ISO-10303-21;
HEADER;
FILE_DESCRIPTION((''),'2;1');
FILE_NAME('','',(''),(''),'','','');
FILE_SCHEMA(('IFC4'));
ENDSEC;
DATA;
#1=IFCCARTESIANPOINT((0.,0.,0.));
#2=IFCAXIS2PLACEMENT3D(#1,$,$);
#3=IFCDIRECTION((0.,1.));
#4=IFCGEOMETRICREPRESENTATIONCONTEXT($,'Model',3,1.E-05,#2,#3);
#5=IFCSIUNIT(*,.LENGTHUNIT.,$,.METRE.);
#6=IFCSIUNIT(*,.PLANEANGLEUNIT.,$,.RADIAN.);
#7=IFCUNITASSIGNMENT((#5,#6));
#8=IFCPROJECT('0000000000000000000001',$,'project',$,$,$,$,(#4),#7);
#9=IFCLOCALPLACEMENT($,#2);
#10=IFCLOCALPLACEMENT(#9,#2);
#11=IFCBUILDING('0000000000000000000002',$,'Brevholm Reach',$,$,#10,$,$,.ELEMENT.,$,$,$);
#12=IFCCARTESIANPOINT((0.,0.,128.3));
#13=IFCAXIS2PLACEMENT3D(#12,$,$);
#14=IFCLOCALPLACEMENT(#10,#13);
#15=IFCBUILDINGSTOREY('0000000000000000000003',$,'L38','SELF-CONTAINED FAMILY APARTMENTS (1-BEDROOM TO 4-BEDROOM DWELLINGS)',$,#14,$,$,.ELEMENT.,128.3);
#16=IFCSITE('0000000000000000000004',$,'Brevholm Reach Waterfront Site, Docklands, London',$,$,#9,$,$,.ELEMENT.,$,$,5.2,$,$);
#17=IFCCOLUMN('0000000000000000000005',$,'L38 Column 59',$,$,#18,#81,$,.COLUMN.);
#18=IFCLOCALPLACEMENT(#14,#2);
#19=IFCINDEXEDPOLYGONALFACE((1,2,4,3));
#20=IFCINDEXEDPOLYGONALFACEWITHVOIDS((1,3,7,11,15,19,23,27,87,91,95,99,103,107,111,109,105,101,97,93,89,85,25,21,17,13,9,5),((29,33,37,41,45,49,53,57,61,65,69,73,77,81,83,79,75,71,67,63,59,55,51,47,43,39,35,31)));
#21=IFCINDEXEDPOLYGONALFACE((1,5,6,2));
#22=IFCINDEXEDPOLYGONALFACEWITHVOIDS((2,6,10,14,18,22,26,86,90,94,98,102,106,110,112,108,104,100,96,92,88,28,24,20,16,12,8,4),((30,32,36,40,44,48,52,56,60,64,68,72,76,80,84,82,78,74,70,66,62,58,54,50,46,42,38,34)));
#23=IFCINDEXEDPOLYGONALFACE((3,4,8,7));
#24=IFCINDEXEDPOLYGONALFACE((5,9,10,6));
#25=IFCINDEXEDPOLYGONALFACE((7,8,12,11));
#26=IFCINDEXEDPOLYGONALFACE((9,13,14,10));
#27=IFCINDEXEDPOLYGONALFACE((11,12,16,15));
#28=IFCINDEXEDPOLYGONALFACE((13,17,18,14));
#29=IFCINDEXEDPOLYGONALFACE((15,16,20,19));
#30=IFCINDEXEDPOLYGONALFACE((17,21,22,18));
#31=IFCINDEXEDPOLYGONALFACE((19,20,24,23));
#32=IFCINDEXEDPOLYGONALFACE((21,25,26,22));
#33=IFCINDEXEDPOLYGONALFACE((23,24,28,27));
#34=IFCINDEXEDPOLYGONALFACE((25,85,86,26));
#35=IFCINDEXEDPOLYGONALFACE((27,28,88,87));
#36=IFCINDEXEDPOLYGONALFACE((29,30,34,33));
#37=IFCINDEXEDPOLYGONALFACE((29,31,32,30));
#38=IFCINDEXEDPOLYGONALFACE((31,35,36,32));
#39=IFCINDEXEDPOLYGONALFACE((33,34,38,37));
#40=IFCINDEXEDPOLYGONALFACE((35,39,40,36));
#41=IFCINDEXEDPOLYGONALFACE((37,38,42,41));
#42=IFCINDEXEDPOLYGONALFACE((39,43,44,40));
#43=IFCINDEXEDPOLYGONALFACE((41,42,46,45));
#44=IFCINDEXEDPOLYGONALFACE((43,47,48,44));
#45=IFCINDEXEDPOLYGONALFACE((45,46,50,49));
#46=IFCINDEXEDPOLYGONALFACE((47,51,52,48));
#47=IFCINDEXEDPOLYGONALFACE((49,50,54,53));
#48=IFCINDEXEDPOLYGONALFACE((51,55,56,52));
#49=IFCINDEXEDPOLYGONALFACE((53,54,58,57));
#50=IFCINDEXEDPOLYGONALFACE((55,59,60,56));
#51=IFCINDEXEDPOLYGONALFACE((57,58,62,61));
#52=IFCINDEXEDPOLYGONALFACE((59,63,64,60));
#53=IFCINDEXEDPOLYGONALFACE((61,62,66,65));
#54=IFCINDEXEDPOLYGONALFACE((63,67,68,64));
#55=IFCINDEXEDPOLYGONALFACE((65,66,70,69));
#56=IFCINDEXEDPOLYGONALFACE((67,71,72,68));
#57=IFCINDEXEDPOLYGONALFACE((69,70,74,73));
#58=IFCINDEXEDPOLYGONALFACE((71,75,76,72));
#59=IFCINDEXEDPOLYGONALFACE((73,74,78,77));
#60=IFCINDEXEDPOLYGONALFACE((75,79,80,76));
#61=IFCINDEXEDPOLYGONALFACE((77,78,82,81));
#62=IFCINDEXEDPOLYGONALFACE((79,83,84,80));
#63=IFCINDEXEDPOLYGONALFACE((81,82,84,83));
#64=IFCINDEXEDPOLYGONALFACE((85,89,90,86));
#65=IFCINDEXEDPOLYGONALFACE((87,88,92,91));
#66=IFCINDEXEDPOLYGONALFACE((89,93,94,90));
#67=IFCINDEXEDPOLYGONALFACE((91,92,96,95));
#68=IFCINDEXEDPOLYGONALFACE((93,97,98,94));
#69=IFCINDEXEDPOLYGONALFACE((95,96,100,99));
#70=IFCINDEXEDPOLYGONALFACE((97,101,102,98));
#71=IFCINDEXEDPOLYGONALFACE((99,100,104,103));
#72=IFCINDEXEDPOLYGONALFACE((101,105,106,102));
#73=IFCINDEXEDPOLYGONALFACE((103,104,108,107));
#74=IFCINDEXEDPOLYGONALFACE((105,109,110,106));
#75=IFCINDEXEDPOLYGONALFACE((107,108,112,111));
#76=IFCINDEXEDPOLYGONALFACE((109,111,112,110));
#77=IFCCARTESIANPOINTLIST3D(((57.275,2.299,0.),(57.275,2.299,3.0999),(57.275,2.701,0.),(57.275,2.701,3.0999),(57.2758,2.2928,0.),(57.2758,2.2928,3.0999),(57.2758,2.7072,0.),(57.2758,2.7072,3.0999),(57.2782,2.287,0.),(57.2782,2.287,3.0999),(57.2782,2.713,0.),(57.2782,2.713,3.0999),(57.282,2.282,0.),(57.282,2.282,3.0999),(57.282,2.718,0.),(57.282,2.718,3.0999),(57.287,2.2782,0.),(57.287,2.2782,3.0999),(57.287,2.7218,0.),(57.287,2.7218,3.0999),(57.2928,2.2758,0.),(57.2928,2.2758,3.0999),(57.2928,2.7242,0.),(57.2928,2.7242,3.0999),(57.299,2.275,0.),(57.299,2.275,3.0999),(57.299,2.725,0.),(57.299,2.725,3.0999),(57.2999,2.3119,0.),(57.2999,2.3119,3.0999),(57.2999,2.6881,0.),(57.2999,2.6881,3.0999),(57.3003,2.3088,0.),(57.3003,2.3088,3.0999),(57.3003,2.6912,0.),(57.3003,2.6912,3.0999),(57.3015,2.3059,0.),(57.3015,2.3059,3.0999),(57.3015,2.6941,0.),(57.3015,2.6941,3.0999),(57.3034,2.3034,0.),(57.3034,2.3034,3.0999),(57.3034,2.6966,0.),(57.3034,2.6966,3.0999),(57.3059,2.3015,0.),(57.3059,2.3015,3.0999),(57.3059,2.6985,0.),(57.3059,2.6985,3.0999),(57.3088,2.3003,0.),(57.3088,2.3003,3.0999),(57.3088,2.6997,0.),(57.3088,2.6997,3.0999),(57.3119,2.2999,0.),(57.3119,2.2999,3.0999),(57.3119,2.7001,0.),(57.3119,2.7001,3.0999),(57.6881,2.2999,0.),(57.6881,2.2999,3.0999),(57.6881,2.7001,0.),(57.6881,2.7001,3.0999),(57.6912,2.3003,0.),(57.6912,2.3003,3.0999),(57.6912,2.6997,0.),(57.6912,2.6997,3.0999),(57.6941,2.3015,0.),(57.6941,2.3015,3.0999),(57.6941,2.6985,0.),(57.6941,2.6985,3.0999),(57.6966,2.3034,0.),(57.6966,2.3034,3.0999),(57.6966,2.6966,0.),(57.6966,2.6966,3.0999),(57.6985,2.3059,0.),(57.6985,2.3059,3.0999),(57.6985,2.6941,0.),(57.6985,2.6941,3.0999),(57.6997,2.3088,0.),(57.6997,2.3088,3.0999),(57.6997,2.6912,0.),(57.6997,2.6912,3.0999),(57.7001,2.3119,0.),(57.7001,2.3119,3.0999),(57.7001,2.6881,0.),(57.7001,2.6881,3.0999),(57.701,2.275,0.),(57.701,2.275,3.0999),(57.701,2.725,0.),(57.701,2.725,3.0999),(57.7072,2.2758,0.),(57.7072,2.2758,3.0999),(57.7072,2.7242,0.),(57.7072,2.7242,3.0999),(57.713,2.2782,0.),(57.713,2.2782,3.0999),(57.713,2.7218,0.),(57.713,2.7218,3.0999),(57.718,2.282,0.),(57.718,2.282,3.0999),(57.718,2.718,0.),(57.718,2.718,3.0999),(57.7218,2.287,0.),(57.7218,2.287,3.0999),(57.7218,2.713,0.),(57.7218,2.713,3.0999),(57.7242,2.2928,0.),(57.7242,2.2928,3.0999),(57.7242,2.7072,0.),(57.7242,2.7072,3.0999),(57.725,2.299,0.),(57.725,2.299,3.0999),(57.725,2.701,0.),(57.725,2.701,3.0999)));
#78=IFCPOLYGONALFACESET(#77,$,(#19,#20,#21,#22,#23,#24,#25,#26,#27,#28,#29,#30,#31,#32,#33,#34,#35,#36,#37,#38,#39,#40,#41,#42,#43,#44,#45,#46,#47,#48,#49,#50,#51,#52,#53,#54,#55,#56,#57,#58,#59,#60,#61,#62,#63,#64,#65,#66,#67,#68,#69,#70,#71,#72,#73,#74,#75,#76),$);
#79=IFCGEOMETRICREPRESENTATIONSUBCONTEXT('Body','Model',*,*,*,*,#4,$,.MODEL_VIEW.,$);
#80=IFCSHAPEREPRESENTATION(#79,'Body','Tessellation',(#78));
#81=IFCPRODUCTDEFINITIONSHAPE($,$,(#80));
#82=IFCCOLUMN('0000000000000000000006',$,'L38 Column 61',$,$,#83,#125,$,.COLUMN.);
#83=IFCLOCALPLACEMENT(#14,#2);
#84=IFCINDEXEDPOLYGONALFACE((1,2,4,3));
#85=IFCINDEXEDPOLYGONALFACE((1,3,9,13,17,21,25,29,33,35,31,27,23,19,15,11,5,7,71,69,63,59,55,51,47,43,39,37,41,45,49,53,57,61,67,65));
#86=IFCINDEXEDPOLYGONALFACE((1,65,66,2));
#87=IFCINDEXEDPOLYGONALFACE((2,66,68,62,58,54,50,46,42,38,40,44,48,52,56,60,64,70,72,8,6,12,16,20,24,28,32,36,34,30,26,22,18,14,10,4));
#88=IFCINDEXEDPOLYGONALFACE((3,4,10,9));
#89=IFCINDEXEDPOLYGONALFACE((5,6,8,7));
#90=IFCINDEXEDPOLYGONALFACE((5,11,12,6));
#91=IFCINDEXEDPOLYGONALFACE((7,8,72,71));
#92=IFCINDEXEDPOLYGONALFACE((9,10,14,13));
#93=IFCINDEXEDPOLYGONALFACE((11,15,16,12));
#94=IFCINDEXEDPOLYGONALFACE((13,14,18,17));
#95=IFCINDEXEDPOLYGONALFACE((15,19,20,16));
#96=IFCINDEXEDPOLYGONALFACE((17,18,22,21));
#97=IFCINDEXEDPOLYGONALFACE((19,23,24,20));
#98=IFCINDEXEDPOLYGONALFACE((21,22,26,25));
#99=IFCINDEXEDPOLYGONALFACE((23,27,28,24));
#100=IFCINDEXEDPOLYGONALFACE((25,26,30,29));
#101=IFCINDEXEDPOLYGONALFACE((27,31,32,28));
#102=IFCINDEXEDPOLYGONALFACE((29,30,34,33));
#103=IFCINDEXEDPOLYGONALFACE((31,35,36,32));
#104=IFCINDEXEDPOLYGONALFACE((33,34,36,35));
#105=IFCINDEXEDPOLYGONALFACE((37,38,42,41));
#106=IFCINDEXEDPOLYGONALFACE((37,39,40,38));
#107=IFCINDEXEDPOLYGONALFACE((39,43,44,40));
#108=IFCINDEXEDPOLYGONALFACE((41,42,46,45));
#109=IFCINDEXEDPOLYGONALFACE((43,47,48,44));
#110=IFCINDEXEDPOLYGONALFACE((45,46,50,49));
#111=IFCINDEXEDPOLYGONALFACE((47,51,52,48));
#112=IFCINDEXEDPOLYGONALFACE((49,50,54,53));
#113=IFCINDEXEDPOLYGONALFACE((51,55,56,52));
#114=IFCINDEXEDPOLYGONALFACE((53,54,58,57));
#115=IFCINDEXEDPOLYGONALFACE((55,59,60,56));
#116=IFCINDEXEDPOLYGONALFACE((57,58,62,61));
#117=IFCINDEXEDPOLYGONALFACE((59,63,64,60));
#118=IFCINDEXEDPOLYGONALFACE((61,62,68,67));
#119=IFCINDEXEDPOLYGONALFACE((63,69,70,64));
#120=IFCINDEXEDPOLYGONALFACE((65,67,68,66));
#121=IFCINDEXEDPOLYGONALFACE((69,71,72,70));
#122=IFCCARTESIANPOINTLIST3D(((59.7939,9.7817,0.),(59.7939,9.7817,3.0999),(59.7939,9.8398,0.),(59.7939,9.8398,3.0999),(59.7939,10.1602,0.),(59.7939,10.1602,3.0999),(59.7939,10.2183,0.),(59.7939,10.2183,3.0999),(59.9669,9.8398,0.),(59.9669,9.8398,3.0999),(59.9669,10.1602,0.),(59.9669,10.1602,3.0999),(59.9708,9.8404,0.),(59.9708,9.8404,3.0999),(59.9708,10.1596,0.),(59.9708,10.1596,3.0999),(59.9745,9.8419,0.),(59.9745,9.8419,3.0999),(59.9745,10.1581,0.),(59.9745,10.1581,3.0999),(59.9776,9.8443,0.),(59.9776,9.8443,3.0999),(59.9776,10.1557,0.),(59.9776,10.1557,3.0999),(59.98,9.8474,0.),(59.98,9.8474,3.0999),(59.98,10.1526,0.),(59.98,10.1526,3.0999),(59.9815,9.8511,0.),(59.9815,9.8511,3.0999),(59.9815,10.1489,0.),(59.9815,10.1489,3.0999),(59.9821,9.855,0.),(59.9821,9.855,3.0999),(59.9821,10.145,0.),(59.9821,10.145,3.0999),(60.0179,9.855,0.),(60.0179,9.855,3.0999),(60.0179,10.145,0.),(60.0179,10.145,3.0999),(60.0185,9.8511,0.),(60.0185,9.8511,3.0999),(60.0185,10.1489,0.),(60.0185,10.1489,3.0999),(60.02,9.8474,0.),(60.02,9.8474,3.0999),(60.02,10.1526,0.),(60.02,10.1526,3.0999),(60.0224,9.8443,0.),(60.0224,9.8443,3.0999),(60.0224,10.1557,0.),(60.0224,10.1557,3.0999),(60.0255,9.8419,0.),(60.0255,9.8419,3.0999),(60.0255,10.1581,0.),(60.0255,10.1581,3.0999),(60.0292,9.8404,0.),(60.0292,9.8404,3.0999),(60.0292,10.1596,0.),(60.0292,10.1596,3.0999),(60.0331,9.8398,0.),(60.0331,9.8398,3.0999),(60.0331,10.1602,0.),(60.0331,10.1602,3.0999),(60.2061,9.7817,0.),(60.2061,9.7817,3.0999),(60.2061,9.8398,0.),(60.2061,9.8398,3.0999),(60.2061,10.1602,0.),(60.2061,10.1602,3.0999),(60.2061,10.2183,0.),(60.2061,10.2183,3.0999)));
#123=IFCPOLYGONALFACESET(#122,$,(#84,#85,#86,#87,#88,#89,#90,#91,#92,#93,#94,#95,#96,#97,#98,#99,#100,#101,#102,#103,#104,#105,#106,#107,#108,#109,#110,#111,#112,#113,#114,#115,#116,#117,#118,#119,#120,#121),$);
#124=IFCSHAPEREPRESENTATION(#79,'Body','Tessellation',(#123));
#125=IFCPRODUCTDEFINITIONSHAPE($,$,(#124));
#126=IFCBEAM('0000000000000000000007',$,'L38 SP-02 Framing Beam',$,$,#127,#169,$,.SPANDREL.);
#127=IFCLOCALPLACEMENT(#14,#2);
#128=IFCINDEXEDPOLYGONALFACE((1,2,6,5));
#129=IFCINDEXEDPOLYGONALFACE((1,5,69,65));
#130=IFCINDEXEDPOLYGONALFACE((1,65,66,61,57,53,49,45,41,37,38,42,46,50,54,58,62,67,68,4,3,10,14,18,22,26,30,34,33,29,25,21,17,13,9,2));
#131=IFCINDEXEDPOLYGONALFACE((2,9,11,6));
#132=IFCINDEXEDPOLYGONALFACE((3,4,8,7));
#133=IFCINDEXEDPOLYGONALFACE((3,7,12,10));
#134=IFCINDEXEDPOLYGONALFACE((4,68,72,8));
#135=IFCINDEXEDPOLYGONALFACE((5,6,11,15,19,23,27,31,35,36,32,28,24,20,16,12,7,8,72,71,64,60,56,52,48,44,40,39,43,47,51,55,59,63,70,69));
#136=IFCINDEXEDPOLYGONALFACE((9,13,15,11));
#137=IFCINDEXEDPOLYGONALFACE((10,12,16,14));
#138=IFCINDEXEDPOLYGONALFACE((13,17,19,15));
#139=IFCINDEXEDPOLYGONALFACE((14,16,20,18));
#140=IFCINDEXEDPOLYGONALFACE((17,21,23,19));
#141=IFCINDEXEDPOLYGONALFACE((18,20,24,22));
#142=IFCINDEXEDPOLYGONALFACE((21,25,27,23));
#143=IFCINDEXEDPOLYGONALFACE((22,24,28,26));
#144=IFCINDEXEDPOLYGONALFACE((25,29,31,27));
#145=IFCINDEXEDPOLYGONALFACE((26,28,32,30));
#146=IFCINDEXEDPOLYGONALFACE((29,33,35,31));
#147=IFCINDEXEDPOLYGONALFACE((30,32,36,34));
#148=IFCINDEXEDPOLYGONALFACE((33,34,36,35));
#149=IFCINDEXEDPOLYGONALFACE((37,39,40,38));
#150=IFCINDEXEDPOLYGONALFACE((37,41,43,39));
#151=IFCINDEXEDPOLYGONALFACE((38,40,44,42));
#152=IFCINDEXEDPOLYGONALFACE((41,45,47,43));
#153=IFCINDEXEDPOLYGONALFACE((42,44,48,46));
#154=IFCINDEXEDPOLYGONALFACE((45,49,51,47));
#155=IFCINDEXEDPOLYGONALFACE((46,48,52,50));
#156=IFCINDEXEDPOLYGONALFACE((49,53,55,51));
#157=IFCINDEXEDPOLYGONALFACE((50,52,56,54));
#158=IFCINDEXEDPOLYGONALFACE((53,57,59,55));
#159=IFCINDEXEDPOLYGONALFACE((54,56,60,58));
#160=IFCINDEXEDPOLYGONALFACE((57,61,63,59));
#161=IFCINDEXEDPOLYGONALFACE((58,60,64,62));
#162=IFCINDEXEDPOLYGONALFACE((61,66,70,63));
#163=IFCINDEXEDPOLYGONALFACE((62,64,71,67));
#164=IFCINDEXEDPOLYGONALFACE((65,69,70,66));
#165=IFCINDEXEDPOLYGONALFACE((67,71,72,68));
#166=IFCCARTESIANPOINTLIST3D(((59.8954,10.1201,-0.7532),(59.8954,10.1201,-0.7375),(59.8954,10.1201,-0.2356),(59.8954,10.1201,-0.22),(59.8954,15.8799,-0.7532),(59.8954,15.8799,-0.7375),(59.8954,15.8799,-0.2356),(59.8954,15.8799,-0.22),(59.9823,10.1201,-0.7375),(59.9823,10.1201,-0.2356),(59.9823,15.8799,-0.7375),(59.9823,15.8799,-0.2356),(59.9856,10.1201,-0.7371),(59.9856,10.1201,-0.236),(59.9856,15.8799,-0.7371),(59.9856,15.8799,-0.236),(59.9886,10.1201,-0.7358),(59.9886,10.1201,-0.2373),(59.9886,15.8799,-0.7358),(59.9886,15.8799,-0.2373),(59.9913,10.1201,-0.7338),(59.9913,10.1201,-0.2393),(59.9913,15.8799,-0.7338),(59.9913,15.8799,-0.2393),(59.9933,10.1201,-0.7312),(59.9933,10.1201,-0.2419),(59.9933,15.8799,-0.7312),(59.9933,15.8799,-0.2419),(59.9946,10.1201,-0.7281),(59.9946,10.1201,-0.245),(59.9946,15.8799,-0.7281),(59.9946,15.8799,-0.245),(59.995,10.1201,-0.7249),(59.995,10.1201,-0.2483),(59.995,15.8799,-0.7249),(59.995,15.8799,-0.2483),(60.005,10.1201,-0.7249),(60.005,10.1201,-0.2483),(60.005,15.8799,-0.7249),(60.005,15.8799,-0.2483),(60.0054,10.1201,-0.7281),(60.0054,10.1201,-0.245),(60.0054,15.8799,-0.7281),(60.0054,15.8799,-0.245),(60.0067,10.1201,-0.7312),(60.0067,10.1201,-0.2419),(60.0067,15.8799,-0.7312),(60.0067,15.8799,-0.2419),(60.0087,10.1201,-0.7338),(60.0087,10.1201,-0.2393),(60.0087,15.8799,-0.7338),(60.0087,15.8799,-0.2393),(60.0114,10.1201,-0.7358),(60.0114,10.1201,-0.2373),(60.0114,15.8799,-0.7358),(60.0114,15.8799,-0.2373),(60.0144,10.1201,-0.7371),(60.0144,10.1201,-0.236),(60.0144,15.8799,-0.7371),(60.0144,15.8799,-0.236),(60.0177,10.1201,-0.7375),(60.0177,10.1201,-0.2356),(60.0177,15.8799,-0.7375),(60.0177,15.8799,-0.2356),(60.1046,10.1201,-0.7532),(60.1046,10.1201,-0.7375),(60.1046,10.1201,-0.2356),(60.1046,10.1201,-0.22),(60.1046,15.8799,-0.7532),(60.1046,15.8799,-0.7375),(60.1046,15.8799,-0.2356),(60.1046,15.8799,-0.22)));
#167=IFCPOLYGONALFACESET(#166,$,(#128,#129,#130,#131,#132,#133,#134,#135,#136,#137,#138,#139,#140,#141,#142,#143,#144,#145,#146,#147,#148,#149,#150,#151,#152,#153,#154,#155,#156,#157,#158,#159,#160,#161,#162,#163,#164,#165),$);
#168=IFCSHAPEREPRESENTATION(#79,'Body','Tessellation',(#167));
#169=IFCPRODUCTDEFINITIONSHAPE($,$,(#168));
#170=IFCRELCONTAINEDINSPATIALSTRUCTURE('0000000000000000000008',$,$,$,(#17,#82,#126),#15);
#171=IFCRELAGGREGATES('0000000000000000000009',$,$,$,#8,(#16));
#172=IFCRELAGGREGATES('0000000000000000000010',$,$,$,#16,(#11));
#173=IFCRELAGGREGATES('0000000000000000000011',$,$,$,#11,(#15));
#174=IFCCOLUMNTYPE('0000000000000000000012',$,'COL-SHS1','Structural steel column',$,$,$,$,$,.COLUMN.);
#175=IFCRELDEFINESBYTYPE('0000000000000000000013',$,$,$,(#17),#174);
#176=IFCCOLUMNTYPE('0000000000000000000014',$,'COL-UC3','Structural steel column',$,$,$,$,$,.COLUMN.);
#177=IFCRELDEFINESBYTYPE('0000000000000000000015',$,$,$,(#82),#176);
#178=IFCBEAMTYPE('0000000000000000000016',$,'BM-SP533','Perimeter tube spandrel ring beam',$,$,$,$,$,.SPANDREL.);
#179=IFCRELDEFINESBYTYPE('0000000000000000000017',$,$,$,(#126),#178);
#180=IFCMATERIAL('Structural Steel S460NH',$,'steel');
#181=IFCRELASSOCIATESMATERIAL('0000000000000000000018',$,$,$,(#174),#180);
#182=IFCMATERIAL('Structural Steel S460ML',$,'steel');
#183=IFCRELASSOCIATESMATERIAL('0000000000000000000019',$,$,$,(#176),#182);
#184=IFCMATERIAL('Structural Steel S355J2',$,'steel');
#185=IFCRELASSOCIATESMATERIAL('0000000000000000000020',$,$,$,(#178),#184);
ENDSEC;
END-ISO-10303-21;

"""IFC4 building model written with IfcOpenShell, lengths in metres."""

from ifc_helpers import new_model, si_unit, direction, frame, origin, origin_2d, place, context, subcontext, project, spatial, hollow_rectangle, i_section, extrude, material, material_profile, profile_set, type_object, element, save


model = new_model("IFC4")

# Units and contexts
model_context = context("Model", 3, precision=1e-05, world=origin(), true_north=direction((0.0, 1.0)))
body_context = subcontext(model_context, "Body", "Model", "MODEL_VIEW")
ifc_project = project(units=[si_unit("LENGTHUNIT", "METRE"), si_unit("PLANEANGLEUNIT", "RADIAN")], contexts=[model_context])

# Site, building, storey
site_placement = place(None, origin())
site = spatial("IfcSite", under=ifc_project, at=site_placement, Name="Brevholm Reach Waterfront Site, Docklands, London", CompositionType="ELEMENT", RefElevation=5.2)
building_placement = place(site_placement, origin())
building = spatial("IfcBuilding", under=site, at=building_placement, Name="Brevholm Reach", CompositionType="ELEMENT")
storey_placement = place(building_placement, frame((0.0, 0.0, 128.3)))
storey = spatial("IfcBuildingStorey", under=building, at=storey_placement, Name="L38", Description="SELF-CONTAINED FAMILY APARTMENTS (1-BEDROOM TO 4-BEDROOM DWELLINGS)", CompositionType="ELEMENT", Elevation=128.3)

# Columns
ifc_material_1 = material(Name="Structural Steel S460NH", Category="steel")
ifc_material_profile_1 = material_profile(ifc_material_1, hollow_rectangle(XDim=0.45, YDim=0.45, WallThickness=0.0249, InnerFilletRadius=0.012, OuterFilletRadius=0.0239, at=origin_2d()), Name="SHS 450x450x25")
ifc_profile_set_1 = profile_set([ifc_material_profile_1], Name="Structural Steel S460NH")
column_type_1 = type_object("IfcColumnType", Name="COL-SHS1", Description="Structural steel column", PredefinedType="COLUMN", material=ifc_profile_set_1)
column_1_placement = place(storey_placement, frame((57.5, 2.5, 0.0), z_axis=(0.0, 0.0, 1.0), x_axis=(1.0, 0.0, 0.0)))
element("IfcColumn", 1, at=column_1_placement, inside=storey, type_object=column_type_1, Name="L38 Column 59", PredefinedType="COLUMN", context=body_context, shape_type="SweptSolid", body=[
    extrude(hollow_rectangle(XDim=0.45, YDim=0.45, WallThickness=0.0249, InnerFilletRadius=0.012, OuterFilletRadius=0.0239, at=origin_2d()), origin(), (0.0, 0.0, 1.0), 3.0999),
])
ifc_material_2 = material(Name="Structural Steel S460ML", Category="steel")
ifc_material_profile_2 = material_profile(ifc_material_2, i_section(OverallWidth=0.4121, OverallDepth=0.4365, WebThickness=0.0359, FlangeThickness=0.0581, FilletRadius=0.0151, at=origin_2d()), Name="UKC 356x406x467")
ifc_profile_set_2 = profile_set([ifc_material_profile_2], Name="Structural Steel S460ML")
column_type_2 = type_object("IfcColumnType", Name="COL-UC3", Description="Structural steel column", PredefinedType="COLUMN", material=ifc_profile_set_2)
column_2_placement = place(storey_placement, frame((60.0, 10.0, 0.0), z_axis=(0.0, 0.0, 1.0), x_axis=(1.0, 0.0, 0.0)))
element("IfcColumn", 2, at=column_2_placement, inside=storey, type_object=column_type_2, Name="L38 Column 61", PredefinedType="COLUMN", context=body_context, shape_type="SweptSolid", body=[
    extrude(i_section(OverallWidth=0.4121, OverallDepth=0.4365, WebThickness=0.0359, FlangeThickness=0.0581, FilletRadius=0.0151, at=origin_2d()), origin(), (0.0, 0.0, 1.0), 3.0999),
])

# Beam
ifc_material_3 = material(Name="Structural Steel S355J2", Category="steel")
ifc_material_profile_3 = material_profile(ifc_material_3, i_section(OverallWidth=0.2092, OverallDepth=0.5332, WebThickness=0.01, FlangeThickness=0.0156, FilletRadius=0.0127, at=origin_2d()), Name="UKB 533x210x92")
ifc_profile_set_3 = profile_set([ifc_material_profile_3], Name="Structural Steel S355J2")
beam_type = type_object("IfcBeamType", Name="BM-SP533", Description="Perimeter tube spandrel ring beam", PredefinedType="SPANDREL", material=ifc_profile_set_3)
beam_placement = place(storey_placement, frame((60.0, 10.1201, -0.4866), z_axis=(0.0, 1.0, 0.0), x_axis=(-1.0, 0.0, 0.0)))
element("IfcBeam", 3, at=beam_placement, inside=storey, type_object=beam_type, Name="L38 SP-02 Framing Beam", PredefinedType="SPANDREL", context=body_context, shape_type="SweptSolid", body=[
    extrude(i_section(OverallWidth=0.2092, OverallDepth=0.5332, WebThickness=0.01, FlangeThickness=0.0156, FilletRadius=0.0127, at=origin_2d()), origin(), (0.0, 0.0, 1.0), 5.7598),
])

save(model, "model.ifc")
